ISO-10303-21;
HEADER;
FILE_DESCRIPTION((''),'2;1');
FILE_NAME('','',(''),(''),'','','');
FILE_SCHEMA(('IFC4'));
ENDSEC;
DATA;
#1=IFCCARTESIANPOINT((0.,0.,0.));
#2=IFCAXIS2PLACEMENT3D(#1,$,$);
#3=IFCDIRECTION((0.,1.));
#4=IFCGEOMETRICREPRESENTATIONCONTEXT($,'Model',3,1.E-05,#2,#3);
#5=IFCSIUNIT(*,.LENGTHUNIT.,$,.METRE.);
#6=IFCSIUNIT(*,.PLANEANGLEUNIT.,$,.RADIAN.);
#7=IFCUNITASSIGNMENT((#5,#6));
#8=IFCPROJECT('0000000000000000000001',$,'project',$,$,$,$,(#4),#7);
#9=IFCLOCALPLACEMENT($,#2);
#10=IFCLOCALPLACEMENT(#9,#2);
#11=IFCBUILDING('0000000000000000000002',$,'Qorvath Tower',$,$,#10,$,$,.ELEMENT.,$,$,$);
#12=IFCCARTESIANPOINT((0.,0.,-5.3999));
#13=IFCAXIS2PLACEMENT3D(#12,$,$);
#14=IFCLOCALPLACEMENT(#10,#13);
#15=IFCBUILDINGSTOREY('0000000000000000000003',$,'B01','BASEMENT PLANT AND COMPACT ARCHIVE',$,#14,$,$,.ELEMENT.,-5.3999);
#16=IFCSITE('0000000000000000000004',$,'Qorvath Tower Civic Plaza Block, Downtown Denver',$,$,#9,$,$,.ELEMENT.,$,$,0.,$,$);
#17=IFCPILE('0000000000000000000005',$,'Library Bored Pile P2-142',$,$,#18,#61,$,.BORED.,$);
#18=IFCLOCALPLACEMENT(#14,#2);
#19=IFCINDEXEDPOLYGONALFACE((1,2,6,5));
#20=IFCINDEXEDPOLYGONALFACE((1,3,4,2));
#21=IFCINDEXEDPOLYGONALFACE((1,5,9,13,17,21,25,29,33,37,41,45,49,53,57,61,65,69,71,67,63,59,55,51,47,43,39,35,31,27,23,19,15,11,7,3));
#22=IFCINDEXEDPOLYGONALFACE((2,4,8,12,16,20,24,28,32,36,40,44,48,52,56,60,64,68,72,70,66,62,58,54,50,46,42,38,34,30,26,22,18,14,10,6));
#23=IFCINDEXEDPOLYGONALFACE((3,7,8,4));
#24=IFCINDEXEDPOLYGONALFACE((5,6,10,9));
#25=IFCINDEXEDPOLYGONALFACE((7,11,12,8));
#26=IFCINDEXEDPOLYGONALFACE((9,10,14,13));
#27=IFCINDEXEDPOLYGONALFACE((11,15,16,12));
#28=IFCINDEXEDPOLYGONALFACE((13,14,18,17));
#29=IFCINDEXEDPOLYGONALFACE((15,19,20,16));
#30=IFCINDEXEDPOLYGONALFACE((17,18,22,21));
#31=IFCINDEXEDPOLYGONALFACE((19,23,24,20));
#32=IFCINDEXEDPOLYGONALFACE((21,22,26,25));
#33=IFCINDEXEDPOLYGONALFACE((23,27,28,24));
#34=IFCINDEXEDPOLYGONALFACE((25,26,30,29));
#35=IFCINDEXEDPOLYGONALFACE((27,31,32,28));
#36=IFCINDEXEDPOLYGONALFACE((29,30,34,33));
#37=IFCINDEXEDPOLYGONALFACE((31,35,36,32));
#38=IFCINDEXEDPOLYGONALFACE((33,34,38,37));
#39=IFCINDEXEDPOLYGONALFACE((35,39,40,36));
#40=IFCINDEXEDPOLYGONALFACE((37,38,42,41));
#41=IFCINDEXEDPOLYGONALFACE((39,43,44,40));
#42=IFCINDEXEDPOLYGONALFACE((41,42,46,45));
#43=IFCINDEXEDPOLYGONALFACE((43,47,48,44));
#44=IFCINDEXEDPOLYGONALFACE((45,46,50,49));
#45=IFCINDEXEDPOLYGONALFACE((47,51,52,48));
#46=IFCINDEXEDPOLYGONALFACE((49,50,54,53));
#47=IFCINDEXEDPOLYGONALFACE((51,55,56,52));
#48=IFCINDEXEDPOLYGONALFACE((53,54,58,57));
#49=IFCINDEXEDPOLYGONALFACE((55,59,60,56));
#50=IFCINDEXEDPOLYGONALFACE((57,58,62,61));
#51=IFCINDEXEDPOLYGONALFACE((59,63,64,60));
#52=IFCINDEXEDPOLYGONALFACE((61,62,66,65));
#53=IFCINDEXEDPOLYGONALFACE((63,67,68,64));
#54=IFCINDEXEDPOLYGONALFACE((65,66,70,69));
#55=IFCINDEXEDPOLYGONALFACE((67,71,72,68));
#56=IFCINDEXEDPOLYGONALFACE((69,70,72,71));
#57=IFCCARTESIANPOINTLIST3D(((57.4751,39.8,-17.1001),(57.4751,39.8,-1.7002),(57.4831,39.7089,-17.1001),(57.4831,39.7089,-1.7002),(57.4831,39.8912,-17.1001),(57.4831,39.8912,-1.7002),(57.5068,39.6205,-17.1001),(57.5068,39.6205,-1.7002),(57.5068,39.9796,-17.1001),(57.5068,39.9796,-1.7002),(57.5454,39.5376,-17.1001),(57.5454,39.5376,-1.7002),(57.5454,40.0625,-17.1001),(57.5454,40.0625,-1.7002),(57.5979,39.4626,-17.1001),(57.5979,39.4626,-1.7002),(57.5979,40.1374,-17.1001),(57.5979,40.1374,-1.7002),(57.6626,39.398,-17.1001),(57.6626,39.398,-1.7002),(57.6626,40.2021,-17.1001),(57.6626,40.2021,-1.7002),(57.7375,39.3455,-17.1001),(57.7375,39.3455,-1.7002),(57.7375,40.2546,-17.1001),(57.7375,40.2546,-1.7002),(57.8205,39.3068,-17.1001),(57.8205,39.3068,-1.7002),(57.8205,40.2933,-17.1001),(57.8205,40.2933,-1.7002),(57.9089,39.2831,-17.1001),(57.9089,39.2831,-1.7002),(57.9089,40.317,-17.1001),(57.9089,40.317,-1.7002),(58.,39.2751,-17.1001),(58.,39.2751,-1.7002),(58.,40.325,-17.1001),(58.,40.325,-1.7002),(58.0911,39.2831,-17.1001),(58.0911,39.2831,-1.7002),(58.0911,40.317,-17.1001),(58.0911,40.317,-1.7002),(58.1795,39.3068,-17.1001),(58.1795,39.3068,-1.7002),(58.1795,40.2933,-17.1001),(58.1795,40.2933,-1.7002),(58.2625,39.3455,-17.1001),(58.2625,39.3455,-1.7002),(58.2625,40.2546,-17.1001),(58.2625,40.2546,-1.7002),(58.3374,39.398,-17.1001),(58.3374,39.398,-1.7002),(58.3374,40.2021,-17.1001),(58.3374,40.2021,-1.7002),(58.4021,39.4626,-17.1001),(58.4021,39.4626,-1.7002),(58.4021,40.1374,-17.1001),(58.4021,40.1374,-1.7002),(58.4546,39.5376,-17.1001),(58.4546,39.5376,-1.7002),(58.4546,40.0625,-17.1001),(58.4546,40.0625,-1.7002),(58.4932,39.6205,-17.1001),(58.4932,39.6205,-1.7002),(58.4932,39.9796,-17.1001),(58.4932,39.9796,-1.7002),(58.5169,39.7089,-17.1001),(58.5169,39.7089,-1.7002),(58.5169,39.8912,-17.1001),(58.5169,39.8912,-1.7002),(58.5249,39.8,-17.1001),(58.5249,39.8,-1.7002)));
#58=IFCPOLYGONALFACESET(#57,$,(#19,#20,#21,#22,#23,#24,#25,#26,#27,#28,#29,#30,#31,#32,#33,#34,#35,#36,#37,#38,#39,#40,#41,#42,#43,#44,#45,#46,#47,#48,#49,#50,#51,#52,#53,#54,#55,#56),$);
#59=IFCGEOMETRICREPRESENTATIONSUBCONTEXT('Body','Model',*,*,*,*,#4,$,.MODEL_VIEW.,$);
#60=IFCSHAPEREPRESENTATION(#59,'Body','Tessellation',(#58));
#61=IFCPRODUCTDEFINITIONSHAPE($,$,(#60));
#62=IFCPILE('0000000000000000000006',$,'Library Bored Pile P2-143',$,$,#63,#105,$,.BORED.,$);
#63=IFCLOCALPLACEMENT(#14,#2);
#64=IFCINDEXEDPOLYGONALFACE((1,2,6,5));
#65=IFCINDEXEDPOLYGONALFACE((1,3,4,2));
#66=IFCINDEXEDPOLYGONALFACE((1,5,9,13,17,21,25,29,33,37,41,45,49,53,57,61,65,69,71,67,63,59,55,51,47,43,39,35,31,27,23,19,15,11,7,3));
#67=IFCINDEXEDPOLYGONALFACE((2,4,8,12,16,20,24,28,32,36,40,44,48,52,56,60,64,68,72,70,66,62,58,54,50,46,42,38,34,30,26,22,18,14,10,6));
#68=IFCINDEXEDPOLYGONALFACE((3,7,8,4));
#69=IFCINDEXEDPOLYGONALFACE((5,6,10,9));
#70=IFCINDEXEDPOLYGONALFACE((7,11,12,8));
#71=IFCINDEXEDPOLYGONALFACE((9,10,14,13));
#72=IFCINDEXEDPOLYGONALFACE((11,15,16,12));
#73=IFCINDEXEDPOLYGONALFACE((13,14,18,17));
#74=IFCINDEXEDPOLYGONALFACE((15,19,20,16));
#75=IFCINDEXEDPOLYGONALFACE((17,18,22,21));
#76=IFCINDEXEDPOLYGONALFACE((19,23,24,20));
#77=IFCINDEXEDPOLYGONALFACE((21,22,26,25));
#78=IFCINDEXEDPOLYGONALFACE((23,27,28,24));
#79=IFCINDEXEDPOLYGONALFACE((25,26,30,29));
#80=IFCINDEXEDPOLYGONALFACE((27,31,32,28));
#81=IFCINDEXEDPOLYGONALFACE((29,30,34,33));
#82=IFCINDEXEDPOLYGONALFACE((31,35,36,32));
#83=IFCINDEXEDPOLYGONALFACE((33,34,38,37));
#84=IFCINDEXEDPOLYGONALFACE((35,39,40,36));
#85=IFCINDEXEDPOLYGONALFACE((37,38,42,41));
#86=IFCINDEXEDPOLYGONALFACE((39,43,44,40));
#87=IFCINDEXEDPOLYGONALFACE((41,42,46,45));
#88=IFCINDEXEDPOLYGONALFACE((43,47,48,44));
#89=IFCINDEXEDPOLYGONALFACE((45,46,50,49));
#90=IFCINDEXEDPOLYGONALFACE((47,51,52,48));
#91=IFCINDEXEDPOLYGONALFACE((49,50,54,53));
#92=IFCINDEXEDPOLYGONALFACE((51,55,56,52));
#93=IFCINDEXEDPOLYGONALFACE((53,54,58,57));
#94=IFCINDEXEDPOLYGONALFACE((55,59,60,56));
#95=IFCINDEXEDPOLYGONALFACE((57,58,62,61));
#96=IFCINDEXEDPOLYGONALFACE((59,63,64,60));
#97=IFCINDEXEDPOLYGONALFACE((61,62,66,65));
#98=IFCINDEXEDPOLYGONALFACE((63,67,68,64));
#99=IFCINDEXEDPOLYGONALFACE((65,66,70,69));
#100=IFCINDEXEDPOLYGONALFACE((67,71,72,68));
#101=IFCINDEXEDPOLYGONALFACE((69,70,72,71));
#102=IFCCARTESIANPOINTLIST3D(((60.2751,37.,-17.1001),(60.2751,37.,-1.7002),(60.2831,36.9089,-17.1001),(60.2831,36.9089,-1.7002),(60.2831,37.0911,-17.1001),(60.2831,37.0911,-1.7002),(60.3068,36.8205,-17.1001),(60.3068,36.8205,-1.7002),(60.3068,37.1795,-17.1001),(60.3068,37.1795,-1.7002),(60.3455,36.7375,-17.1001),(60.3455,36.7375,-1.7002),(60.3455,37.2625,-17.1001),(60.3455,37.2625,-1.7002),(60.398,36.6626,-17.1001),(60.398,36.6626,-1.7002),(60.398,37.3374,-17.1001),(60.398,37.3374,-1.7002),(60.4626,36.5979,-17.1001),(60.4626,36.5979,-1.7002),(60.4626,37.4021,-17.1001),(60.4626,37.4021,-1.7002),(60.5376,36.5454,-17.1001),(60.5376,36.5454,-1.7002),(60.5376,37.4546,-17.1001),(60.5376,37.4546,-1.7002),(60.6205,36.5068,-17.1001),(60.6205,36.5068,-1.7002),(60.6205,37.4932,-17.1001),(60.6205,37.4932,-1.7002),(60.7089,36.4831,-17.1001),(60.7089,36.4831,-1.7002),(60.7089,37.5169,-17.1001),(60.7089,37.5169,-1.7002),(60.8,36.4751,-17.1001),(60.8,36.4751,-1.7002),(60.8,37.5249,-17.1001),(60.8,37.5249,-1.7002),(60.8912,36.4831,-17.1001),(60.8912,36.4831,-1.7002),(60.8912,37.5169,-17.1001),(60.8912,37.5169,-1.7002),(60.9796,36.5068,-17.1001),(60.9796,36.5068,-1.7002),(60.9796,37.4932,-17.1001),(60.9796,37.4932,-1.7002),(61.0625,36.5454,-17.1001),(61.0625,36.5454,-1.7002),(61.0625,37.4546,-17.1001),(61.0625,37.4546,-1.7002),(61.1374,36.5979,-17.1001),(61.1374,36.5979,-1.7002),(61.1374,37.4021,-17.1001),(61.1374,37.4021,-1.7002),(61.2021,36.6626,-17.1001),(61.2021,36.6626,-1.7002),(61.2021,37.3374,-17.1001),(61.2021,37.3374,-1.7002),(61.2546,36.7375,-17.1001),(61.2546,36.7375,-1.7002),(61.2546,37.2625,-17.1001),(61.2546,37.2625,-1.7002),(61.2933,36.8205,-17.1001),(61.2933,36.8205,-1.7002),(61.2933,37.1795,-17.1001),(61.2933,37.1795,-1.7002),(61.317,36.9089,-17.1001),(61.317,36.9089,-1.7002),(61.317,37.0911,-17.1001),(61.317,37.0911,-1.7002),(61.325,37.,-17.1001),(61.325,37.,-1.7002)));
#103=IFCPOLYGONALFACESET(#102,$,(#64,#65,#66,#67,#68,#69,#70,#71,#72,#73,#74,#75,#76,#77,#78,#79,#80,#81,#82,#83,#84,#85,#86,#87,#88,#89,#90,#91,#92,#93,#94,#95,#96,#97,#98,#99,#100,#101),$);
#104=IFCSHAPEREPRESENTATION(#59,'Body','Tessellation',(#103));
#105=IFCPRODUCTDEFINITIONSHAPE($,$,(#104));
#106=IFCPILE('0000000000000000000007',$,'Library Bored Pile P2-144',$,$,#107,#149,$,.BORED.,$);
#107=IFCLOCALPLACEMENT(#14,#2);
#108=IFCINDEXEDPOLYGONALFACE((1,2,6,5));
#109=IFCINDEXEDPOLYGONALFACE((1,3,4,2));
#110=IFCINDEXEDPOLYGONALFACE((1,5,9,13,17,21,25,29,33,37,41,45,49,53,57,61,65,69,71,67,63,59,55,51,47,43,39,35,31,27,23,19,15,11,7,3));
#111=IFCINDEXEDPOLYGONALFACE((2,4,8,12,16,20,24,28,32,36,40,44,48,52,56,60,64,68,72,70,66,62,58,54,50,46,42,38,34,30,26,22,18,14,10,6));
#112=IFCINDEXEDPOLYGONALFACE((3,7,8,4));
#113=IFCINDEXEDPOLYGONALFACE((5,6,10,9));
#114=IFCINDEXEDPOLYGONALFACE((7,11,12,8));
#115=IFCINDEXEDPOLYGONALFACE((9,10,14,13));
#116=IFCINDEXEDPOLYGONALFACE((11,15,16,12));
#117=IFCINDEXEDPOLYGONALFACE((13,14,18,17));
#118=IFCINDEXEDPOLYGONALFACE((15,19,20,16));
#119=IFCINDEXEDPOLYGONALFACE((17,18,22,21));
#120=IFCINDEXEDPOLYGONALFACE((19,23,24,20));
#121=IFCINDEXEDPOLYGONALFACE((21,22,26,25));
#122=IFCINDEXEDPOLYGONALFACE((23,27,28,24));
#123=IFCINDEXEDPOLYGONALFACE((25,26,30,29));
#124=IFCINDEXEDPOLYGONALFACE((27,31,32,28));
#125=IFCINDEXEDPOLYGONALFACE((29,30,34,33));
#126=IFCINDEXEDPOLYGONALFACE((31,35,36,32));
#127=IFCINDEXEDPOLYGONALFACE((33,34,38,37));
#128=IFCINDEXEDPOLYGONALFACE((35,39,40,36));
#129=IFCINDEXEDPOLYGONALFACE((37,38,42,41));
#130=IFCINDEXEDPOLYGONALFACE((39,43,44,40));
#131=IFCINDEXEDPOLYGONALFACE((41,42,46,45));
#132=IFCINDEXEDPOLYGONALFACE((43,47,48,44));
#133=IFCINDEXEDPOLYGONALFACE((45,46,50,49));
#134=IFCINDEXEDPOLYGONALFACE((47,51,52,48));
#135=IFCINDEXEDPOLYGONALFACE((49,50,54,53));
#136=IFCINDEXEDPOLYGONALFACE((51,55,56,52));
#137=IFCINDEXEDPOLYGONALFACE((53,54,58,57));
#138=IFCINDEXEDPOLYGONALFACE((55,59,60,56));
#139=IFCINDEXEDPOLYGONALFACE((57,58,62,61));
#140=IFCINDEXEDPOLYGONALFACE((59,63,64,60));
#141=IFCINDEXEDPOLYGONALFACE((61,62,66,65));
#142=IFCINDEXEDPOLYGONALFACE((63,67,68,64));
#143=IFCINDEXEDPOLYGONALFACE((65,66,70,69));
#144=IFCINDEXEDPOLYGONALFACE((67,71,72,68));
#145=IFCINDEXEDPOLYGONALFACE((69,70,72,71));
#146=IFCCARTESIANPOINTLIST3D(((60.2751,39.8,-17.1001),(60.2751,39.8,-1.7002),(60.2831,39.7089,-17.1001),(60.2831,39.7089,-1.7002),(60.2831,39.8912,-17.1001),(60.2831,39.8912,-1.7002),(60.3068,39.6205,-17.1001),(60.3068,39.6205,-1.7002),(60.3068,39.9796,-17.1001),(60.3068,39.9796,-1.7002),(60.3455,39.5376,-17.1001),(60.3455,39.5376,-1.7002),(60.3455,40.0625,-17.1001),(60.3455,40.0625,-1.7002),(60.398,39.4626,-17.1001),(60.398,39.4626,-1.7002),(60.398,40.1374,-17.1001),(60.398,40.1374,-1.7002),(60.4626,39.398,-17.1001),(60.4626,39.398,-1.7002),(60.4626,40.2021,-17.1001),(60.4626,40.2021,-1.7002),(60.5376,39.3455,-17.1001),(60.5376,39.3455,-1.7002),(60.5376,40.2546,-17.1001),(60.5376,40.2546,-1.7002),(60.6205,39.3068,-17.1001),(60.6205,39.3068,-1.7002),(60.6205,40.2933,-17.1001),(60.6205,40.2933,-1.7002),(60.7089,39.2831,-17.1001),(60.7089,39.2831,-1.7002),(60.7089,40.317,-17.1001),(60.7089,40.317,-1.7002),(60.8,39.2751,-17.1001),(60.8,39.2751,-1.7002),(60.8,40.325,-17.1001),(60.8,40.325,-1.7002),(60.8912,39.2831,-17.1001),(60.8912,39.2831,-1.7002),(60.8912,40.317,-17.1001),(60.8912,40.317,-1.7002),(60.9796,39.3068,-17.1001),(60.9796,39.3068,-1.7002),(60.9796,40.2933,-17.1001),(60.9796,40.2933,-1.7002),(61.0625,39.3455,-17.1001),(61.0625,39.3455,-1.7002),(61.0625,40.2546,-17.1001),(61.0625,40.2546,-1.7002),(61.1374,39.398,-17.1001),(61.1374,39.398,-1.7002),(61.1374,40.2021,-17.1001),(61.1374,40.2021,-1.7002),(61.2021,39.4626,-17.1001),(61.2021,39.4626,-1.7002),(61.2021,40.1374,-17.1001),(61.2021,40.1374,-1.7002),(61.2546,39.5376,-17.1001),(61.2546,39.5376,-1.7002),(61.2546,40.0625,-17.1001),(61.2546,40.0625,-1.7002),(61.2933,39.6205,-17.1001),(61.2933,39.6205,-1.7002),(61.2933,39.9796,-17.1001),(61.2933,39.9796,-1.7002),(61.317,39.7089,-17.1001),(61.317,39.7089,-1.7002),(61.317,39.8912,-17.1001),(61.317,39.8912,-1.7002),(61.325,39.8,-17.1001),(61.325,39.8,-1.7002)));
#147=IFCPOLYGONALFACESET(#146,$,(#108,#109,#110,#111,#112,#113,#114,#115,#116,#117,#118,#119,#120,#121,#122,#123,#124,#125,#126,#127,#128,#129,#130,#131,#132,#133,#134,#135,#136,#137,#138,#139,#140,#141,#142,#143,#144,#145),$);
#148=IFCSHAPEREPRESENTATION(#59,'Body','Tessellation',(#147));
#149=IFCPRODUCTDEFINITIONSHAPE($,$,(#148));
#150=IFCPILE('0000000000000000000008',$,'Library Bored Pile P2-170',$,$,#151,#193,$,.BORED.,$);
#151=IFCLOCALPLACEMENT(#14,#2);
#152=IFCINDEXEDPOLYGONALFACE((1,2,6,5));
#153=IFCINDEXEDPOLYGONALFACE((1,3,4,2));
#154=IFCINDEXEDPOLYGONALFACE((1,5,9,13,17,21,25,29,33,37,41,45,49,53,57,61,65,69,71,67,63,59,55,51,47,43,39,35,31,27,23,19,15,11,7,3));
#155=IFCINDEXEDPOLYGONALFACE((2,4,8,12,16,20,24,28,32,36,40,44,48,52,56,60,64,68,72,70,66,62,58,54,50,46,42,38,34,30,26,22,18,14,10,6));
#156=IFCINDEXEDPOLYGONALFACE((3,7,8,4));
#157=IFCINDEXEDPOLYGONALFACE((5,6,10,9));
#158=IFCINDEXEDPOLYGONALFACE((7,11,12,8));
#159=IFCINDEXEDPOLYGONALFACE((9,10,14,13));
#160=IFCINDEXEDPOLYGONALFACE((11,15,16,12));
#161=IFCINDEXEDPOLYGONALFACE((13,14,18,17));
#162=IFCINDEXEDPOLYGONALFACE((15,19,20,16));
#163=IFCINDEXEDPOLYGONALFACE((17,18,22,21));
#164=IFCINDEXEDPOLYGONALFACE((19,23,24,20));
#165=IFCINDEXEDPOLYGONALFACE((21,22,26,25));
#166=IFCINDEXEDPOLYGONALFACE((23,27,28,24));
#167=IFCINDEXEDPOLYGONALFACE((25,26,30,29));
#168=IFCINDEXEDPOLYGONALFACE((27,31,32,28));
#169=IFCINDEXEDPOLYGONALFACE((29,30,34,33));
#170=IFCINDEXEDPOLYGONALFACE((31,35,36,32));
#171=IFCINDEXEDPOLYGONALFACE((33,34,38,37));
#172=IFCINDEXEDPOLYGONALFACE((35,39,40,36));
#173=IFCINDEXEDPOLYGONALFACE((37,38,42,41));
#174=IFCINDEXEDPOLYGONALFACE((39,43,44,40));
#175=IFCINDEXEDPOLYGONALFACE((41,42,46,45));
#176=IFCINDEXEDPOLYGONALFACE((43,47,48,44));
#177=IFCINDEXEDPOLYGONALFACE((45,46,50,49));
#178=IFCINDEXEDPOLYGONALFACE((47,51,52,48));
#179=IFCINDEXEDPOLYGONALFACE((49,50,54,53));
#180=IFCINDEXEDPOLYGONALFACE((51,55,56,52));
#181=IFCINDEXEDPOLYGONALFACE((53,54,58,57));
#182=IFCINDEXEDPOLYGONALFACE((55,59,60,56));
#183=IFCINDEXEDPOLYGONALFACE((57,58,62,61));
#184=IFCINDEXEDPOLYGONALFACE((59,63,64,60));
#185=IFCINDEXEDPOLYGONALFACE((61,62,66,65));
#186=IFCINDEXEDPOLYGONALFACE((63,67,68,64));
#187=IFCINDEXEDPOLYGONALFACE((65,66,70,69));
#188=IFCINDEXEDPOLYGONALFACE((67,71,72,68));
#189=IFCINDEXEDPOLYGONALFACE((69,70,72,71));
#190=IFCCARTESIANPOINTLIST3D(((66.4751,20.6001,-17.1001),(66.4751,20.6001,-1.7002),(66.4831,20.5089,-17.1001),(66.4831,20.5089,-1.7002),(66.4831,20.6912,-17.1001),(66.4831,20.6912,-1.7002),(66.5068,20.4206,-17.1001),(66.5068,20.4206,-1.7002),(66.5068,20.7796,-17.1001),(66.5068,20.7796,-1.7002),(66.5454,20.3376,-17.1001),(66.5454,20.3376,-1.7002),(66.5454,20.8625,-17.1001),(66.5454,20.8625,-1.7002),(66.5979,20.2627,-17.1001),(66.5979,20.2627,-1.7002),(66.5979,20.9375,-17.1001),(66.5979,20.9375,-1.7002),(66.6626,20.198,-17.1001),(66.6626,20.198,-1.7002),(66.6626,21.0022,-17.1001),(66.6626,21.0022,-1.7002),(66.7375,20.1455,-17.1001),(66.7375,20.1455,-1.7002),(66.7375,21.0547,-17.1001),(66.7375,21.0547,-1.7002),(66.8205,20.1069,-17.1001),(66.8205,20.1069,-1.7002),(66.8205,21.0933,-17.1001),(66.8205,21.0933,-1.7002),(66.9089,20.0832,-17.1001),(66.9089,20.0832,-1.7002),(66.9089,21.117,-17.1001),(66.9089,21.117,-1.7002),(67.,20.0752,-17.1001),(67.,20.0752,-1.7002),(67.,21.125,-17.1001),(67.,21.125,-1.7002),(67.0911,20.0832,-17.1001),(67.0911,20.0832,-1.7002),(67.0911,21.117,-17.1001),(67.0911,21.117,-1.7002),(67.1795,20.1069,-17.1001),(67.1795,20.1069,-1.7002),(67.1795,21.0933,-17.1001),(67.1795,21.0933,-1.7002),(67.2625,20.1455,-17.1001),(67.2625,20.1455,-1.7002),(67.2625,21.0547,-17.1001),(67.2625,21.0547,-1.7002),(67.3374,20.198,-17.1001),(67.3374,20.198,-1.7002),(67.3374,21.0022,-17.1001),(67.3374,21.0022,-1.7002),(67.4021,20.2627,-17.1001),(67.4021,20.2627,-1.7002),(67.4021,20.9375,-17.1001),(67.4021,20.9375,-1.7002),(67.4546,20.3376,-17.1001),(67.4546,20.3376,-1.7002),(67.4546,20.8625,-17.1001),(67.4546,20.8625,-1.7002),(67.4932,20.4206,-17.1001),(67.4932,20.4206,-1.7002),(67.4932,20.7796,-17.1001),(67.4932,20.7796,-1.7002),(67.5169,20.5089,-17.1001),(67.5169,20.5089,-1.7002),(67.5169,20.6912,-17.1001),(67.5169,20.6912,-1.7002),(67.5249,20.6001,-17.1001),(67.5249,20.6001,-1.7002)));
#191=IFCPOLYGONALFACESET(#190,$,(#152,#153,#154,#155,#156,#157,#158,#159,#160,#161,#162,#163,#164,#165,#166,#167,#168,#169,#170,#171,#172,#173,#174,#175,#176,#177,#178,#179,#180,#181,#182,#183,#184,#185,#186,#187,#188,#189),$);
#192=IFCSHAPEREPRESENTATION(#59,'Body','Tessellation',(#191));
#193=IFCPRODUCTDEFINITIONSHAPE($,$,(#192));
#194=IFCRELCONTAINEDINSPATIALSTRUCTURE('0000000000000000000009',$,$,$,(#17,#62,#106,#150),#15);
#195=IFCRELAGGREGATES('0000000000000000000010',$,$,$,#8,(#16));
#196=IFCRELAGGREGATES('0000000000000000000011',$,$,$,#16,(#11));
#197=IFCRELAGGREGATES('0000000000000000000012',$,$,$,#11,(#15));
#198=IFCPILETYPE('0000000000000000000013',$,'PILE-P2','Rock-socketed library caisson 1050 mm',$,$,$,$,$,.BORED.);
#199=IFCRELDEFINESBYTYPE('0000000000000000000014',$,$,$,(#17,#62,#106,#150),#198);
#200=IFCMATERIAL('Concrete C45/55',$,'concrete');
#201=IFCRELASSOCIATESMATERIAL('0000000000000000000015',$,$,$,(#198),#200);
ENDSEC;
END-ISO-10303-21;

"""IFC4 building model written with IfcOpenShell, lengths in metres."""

from ifc_helpers import new_model, si_unit, direction, frame, origin, origin_2d, place, context, subcontext, project, spatial, circle, extrude, material, material_profile, profile_set, type_object, element, save


model = new_model("IFC4")

# Units and contexts
model_context = context("Model", 3, precision=1e-05, world=origin(), true_north=direction((0.0, 1.0)))
body_context = subcontext(model_context, "Body", "Model", "MODEL_VIEW")
ifc_project = project(units=[si_unit("LENGTHUNIT", "METRE"), si_unit("PLANEANGLEUNIT", "RADIAN")], contexts=[model_context])

# Site, building, storey
site_placement = place(None, origin())
site = spatial("IfcSite", under=ifc_project, at=site_placement, Name="Qorvath Tower Civic Plaza Block, Downtown Denver", CompositionType="ELEMENT", RefElevation=0.0)
building_placement = place(site_placement, origin())
building = spatial("IfcBuilding", under=site, at=building_placement, Name="Qorvath Tower", CompositionType="ELEMENT")
storey_placement = place(building_placement, frame((0.0, 0.0, -5.3999)))
storey = spatial("IfcBuildingStorey", under=building, at=storey_placement, Name="B01", Description="BASEMENT PLANT AND COMPACT ARCHIVE", CompositionType="ELEMENT", Elevation=-5.3999)

# Piles
ifc_material_1 = material(Name="Concrete C45/55", Category="concrete")
ifc_material_profile_1 = material_profile(ifc_material_1, circle(Radius=0.5249, at=origin_2d()), Name="BORED PILE 1050")
ifc_profile_set_1 = profile_set([ifc_material_profile_1], Name="Concrete C45/55")
pile_type = type_object("IfcPileType", Name="PILE-P2", Description="Rock-socketed library caisson 1050 mm", PredefinedType="BORED", material=ifc_profile_set_1)
for number, where, z_axis, x_axis, name in (
    (1, (58.0, 39.8, -1.7002), (0.0, 0.0, -1.0), (1.0, 0.0, 0.0), "Library Bored Pile P2-142"),
    (2, (60.8, 37.0, -1.7002), (0.0, 0.0, -1.0), (1.0, 0.0, 0.0), "Library Bored Pile P2-143"),
    (3, (60.8, 39.8, -1.7002), (0.0, 0.0, -1.0), (1.0, 0.0, 0.0), "Library Bored Pile P2-144"),
    (4, (67.0, 20.6001, -1.7002), (0.0, 0.0, -1.0), (1.0, 0.0, 0.0), "Library Bored Pile P2-170"),
):
    element("IfcPile", number, at=place(storey_placement, frame(where, z_axis=z_axis, x_axis=x_axis)), inside=storey, type_object=pile_type, Name=name, PredefinedType="BORED", context=body_context, shape_type="SweptSolid", body=[
        extrude(circle(Radius=0.5249, at=origin_2d()), origin(), (0.0, 0.0, 1.0), 15.3999),
    ])

save(model, "model.ifc")
